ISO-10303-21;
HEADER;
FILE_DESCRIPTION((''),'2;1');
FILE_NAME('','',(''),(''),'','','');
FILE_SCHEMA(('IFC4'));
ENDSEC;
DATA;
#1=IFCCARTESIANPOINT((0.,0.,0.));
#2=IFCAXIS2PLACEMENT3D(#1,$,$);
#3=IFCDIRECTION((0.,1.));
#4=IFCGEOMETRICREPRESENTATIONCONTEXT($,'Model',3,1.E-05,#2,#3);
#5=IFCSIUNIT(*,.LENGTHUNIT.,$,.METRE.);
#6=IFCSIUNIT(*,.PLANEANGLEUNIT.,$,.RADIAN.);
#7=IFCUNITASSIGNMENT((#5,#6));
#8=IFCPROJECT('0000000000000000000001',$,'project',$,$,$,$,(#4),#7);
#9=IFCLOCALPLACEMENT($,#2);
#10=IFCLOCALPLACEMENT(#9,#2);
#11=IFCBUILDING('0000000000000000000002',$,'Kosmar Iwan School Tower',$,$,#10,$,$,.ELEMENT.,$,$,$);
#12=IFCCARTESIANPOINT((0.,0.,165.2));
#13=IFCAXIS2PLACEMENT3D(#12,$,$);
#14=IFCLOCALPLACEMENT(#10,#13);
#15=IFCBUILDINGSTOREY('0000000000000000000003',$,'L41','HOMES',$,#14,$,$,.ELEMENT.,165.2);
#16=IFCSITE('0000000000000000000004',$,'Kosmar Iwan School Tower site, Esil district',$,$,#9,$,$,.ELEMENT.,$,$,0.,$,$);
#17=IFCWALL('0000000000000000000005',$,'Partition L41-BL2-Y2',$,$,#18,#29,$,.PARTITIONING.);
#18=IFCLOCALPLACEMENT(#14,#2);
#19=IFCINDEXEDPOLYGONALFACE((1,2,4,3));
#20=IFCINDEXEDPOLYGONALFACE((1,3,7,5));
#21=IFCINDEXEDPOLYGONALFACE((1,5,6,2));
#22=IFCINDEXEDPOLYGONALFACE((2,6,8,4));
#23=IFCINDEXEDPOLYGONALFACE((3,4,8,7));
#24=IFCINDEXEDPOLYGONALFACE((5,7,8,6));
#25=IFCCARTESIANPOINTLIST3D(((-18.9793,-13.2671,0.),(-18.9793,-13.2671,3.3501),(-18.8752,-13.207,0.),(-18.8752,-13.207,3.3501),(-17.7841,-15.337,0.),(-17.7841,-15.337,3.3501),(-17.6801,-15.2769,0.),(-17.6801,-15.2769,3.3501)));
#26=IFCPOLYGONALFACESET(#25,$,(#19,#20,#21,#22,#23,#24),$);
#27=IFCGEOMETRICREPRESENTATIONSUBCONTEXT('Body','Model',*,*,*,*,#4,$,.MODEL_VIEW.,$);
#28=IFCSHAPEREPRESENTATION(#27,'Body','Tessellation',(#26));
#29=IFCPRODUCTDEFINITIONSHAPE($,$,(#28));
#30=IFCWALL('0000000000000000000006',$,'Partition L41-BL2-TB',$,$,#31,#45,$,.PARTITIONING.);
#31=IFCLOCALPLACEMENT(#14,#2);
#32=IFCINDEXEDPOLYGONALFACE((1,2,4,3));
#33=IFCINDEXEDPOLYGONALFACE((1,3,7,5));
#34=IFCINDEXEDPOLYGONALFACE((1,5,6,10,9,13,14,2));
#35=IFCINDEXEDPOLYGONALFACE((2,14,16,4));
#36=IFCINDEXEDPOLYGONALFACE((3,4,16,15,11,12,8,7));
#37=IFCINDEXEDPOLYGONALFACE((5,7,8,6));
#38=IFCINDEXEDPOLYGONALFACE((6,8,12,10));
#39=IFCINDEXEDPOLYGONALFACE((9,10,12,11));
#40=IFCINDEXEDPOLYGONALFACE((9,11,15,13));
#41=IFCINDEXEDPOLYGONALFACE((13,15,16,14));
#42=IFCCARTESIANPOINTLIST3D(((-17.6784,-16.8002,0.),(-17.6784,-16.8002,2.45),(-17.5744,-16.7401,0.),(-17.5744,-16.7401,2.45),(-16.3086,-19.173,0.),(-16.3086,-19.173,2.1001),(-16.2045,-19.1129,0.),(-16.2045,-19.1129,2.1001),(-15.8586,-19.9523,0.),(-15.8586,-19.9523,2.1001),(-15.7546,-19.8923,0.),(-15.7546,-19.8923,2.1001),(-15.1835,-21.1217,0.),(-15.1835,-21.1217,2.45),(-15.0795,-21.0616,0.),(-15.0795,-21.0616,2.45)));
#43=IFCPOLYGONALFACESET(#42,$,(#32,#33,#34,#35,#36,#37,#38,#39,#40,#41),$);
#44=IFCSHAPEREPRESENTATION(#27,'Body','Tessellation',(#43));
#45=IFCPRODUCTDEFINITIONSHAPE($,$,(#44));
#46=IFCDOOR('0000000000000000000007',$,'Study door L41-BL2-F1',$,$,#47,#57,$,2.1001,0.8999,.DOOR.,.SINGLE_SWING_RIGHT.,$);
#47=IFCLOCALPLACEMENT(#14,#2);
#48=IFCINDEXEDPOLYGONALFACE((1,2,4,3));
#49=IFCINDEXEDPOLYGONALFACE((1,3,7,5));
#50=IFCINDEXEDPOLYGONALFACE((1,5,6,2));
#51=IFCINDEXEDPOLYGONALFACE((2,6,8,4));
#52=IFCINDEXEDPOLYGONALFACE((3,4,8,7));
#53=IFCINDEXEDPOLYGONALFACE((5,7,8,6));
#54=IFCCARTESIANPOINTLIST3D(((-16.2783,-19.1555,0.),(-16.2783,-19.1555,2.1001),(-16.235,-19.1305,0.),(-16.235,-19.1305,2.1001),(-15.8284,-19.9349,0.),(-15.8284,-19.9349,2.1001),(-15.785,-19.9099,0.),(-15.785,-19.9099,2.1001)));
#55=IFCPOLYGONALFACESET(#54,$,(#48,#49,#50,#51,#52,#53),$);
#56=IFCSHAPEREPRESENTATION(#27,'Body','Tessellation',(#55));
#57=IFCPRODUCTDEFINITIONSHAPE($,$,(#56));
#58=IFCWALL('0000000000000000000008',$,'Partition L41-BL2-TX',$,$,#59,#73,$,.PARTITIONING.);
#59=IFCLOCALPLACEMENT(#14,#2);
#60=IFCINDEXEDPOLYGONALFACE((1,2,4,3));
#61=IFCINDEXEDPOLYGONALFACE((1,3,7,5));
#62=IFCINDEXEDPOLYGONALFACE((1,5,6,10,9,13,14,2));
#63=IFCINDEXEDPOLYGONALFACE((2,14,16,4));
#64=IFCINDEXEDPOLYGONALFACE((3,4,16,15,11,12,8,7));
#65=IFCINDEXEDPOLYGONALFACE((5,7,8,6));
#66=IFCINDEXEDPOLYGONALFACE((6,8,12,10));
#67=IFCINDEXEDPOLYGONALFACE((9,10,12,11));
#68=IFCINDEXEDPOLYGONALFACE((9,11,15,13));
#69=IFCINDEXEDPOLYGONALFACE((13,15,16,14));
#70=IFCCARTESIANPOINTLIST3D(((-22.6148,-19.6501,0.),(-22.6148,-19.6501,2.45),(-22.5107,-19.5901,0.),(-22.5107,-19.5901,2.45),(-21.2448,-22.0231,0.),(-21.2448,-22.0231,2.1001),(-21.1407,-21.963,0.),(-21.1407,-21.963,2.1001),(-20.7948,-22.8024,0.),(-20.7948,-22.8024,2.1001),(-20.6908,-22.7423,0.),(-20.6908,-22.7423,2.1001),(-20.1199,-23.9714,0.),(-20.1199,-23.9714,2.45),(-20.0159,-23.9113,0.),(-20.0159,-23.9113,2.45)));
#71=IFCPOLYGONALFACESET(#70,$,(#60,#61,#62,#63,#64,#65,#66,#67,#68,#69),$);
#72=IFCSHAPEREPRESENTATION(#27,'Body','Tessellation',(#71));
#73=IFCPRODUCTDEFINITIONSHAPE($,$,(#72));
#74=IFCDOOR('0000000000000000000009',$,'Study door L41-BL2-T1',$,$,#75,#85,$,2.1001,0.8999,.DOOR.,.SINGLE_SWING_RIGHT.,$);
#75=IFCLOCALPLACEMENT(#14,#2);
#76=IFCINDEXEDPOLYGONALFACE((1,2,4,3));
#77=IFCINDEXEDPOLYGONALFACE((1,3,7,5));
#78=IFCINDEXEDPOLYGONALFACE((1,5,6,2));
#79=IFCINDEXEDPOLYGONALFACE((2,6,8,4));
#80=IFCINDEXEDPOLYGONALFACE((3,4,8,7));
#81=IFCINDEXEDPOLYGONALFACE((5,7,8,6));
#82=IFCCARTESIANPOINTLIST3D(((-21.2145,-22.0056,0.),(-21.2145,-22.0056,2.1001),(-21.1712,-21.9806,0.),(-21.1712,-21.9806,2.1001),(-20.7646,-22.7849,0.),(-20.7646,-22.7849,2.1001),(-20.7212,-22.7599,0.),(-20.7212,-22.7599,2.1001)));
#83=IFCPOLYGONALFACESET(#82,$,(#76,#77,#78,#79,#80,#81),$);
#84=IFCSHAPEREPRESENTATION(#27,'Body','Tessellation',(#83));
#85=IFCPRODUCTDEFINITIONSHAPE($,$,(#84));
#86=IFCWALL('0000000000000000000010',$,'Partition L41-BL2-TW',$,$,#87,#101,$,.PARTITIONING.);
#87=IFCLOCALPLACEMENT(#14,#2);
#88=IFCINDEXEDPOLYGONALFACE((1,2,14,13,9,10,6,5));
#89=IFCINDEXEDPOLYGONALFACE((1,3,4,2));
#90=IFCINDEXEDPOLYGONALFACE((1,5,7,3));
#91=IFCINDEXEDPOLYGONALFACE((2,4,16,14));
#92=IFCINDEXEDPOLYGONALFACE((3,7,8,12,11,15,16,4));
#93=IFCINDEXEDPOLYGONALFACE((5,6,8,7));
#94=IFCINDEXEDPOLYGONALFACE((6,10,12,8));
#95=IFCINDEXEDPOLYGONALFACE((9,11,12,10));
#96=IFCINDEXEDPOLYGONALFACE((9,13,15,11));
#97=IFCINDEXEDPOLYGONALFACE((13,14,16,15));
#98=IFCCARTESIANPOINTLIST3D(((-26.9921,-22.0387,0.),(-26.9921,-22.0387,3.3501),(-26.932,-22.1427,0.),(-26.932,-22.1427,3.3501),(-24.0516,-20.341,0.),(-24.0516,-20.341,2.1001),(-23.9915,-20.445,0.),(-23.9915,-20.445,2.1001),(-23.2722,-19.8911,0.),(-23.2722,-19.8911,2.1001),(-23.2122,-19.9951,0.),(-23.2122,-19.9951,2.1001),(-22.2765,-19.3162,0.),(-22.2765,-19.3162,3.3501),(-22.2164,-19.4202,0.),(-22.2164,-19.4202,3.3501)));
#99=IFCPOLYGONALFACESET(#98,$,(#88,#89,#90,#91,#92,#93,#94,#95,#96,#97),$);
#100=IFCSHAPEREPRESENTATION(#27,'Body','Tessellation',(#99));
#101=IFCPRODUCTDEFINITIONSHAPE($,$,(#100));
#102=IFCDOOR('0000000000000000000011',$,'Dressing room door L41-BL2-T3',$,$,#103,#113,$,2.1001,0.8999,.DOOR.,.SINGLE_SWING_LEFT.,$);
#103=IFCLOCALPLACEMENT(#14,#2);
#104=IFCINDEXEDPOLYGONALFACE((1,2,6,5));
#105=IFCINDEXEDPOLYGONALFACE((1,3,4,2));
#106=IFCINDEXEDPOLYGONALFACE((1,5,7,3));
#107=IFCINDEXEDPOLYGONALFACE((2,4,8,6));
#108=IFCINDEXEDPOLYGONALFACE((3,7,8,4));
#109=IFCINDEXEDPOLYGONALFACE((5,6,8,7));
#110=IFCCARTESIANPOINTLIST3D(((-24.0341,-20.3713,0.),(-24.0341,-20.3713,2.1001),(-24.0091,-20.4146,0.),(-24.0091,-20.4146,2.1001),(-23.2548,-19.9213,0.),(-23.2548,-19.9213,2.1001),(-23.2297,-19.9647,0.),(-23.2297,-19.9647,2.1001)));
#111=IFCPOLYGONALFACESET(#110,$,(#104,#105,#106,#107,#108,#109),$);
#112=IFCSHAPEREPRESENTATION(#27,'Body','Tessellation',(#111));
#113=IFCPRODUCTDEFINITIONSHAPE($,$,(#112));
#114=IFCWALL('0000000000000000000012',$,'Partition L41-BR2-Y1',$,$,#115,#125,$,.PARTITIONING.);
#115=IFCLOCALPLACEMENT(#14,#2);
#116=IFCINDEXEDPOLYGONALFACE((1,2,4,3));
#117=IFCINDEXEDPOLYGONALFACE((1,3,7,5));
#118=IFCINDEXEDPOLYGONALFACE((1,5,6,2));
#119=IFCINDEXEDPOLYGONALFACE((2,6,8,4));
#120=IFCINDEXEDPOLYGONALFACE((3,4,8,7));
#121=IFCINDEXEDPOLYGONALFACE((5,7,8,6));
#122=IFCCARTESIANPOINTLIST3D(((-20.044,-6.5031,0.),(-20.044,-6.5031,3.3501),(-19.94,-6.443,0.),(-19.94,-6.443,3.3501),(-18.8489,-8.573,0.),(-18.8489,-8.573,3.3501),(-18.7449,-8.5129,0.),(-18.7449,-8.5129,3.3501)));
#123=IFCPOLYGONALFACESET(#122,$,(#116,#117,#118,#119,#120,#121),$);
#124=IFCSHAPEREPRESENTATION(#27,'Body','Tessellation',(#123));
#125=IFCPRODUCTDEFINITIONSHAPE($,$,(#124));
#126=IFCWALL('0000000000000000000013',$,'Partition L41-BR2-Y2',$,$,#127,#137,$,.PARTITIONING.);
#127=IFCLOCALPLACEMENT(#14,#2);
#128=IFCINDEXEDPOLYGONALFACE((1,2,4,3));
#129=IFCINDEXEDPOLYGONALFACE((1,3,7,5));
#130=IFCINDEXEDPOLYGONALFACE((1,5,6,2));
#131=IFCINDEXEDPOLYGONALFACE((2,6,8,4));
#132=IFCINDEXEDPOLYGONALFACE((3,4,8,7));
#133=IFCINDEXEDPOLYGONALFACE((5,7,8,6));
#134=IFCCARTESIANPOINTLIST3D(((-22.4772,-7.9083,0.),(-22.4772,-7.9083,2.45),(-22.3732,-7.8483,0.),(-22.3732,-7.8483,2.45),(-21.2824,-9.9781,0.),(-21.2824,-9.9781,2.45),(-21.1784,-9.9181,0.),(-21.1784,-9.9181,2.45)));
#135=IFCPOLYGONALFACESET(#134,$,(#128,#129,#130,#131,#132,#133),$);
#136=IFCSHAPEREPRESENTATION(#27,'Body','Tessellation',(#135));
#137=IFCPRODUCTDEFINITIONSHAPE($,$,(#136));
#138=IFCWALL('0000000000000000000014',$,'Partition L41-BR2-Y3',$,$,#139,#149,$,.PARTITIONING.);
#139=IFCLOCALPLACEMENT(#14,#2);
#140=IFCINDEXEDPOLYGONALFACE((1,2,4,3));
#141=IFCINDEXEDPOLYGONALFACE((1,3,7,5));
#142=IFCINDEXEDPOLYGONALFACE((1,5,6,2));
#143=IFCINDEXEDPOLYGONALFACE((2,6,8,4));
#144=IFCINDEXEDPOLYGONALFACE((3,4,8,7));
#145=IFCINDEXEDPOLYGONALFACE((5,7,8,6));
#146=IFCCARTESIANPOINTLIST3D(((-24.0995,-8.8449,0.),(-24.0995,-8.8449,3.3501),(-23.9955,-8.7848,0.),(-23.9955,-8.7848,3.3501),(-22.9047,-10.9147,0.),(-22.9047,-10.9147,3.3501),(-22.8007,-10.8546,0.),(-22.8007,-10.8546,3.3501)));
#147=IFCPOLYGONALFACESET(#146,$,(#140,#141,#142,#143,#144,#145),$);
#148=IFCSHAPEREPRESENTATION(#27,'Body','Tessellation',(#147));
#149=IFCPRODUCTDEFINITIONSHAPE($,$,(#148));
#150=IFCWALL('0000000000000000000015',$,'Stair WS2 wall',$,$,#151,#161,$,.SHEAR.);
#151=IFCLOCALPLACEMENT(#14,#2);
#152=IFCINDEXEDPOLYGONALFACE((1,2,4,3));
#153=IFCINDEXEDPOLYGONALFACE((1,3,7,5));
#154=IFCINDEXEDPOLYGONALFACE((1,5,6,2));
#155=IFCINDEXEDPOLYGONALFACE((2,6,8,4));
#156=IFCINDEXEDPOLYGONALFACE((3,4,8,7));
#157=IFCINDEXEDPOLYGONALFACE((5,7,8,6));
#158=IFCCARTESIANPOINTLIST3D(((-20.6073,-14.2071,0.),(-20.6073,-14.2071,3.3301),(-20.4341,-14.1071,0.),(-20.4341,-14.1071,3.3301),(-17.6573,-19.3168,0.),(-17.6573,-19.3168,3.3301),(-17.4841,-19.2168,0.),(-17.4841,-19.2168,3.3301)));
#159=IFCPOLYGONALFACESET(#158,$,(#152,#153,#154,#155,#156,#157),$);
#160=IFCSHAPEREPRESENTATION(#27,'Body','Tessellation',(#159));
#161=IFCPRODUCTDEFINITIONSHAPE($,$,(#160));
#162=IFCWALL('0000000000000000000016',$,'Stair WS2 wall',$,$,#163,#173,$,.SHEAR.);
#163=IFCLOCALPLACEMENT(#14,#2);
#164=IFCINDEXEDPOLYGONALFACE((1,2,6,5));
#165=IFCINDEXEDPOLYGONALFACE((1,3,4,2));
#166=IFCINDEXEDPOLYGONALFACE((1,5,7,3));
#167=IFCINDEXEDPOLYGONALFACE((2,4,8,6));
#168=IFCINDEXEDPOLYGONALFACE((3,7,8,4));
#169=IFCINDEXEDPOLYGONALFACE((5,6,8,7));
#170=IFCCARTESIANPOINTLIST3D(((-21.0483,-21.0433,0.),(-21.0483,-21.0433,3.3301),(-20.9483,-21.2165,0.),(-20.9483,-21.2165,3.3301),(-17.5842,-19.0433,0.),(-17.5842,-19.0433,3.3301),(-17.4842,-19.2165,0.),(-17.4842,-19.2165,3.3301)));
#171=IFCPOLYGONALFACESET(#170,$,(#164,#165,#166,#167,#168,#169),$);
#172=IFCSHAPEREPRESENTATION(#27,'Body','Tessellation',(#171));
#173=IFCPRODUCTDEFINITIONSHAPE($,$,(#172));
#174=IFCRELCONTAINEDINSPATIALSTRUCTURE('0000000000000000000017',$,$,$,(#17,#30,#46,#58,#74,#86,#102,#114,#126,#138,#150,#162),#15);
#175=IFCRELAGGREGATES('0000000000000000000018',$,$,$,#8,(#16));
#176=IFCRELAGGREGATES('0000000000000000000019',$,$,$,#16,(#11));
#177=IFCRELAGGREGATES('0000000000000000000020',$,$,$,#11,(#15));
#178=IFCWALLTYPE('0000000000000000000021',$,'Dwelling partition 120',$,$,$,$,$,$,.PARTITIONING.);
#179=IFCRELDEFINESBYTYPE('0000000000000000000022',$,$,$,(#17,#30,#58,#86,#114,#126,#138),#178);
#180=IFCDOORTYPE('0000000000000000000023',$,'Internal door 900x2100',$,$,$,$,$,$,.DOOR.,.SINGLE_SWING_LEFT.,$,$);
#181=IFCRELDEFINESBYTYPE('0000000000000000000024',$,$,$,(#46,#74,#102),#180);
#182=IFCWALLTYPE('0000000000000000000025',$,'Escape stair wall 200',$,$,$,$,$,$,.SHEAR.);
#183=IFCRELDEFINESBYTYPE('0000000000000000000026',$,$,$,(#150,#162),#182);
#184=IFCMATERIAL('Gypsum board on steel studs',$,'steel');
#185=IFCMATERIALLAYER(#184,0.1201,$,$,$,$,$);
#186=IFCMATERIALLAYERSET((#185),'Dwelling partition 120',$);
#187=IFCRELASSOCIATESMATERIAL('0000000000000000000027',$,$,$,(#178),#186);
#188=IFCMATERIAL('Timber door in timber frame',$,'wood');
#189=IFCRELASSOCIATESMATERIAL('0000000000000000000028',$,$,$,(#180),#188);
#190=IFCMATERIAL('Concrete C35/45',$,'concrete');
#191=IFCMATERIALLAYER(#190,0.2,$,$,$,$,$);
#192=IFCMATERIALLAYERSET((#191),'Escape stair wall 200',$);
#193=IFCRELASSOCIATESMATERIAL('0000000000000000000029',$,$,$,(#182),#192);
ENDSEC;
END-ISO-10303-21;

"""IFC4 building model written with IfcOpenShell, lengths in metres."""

from ifc_helpers import new_model, si_unit, direction, frame, frame_2d, origin, place, context, subcontext, project, spatial, rectangle, extrude, material, layer, layer_set, type_object, element, fill, save


model = new_model("IFC4")

# Units and contexts
model_context = context("Model", 3, precision=1e-05, world=origin(), true_north=direction((0.0, 1.0)))
body_context = subcontext(model_context, "Body", "Model", "MODEL_VIEW")
ifc_project = project(units=[si_unit("LENGTHUNIT", "METRE"), si_unit("PLANEANGLEUNIT", "RADIAN")], contexts=[model_context])

# Site, building, storey
site_placement = place(None, origin())
site = spatial("IfcSite", under=ifc_project, at=site_placement, Name="Kosmar Iwan School Tower site, Esil district", CompositionType="ELEMENT", RefElevation=0.0)
building_placement = place(site_placement, origin())
building = spatial("IfcBuilding", under=site, at=building_placement, Name="Kosmar Iwan School Tower", CompositionType="ELEMENT")
storey_placement = place(building_placement, frame((0.0, 0.0, 165.2)))
storey = spatial("IfcBuildingStorey", under=building, at=storey_placement, Name="L41", Description="HOMES", CompositionType="ELEMENT", Elevation=165.2)

# Wall
ifc_material_1 = material(Name="Gypsum board on steel studs", Category="steel")
ifc_layer_1 = layer(ifc_material_1, 0.1201)
ifc_layer_set_1 = layer_set([ifc_layer_1], Name="Dwelling partition 120")
wall_type_1 = type_object("IfcWallType", Name="Dwelling partition 120", PredefinedType="PARTITIONING", material=ifc_layer_set_1)
for number, where, z_axis, x_axis, name in (
    (1, (-18.9272, -13.2371, 0.0), (0.0, 0.0, 1.0), (0.500017, -0.866015, 0.0), "Partition L41-BL2-Y2"),
):
    element("IfcWall", number, at=place(storey_placement, frame(where, z_axis=z_axis, x_axis=x_axis)), inside=storey, type_object=wall_type_1, Name=name, PredefinedType="PARTITIONING", context=body_context, shape_type="SweptSolid", body=[
        extrude(rectangle(XDim=2.3901, YDim=0.1201, at=frame_2d((1.1951, 0.0))), origin(), (0.0, 0.0, 1.0), 3.3501),
    ])

# Walls, openings, doors
wall_1_placement = place(storey_placement, frame((-17.6265, -16.77, 0.0), z_axis=(0.0, 0.0, 1.0), x_axis=(0.499975, -0.86604, 0.0)))
wall_1 = element("IfcWall", 2, at=wall_1_placement, inside=storey, type_object=wall_type_1, Name="Partition L41-BL2-TB", PredefinedType="PARTITIONING", context=body_context, shape_type="SweptSolid", body=[
    extrude(rectangle(XDim=4.99, YDim=0.1201, at=frame_2d((2.4951, 0.0))), origin(), (0.0, 0.0, 1.0), 2.45),
])
opening_1_placement = place(wall_1_placement, frame((2.74, 0.0, 0.0)))
opening_1 = element("IfcOpeningElement", 3, at=opening_1_placement, cuts=wall_1, PredefinedType="OPENING", context=body_context, shape_type="SweptSolid", body=[
    extrude(rectangle(XDim=0.8999, YDim=2.1001, at=frame_2d((0.45, 1.05))), frame((0.0, 0.072, 0.0), z_axis=(0.0, -1.0, 0.0), x_axis=(1.0, 0.0, 0.0)), (0.0, 0.0, 1.0), 0.144),
])
ifc_material_2 = material(Name="Timber door in timber frame", Category="wood")
door_type_1 = type_object("IfcDoorType", Name="Internal door 900x2100", OperationType="SINGLE_SWING_LEFT", PredefinedType="DOOR", material=ifc_material_2)
door_1_placement = place(opening_1_placement, origin())
door_1 = element("IfcDoor", 4, at=door_1_placement, inside=storey, type_object=door_type_1, Name="Study door L41-BL2-F1", OperationType="SINGLE_SWING_RIGHT", OverallHeight=2.1001, OverallWidth=0.8999, PredefinedType="DOOR", context=body_context, shape_type="SweptSolid", body=[
    extrude(rectangle(XDim=0.8999, YDim=2.1001, at=frame_2d((0.45, 1.05))), frame((0.0, 0.0249, 0.0), z_axis=(0.0, -1.0, 0.0), x_axis=(1.0, 0.0, 0.0)), (0.0, 0.0, 1.0), 0.05),
])
fill(opening_1, door_1)
wall_2_placement = place(storey_placement, frame((-22.5627, -19.6201, 0.0), z_axis=(0.0, 0.0, 1.0), x_axis=(0.499996, -0.866028, 0.0)))
wall_2 = element("IfcWall", 5, at=wall_2_placement, inside=storey, type_object=wall_type_1, Name="Partition L41-BL2-TX", PredefinedType="PARTITIONING", context=body_context, shape_type="SweptSolid", body=[
    extrude(rectangle(XDim=4.9897, YDim=0.1201, at=frame_2d((2.4949, 0.0))), origin(), (0.0, 0.0, 1.0), 2.45),
])
opening_2_placement = place(wall_2_placement, frame((2.74, 0.0, 0.0)))
opening_2 = element("IfcOpeningElement", 6, at=opening_2_placement, cuts=wall_2, PredefinedType="OPENING", context=body_context, shape_type="SweptSolid", body=[
    extrude(rectangle(XDim=0.8999, YDim=2.1001, at=frame_2d((0.45, 1.05))), frame((0.0, 0.072, 0.0), z_axis=(0.0, -1.0, 0.0), x_axis=(1.0, 0.0, 0.0)), (0.0, 0.0, 1.0), 0.144),
])
door_2_placement = place(opening_2_placement, origin())
door_2 = element("IfcDoor", 7, at=door_2_placement, inside=storey, type_object=door_type_1, Name="Study door L41-BL2-T1", OperationType="SINGLE_SWING_RIGHT", OverallHeight=2.1001, OverallWidth=0.8999, PredefinedType="DOOR", context=body_context, shape_type="SweptSolid", body=[
    extrude(rectangle(XDim=0.8999, YDim=2.1001, at=frame_2d((0.45, 1.05))), frame((0.0, 0.0249, 0.0), z_axis=(0.0, -1.0, 0.0), x_axis=(1.0, 0.0, 0.0)), (0.0, 0.0, 1.0), 0.05),
])
fill(opening_2, door_2)
wall_3_placement = place(storey_placement, frame((-22.2463, -19.3682, 0.0), z_axis=(0.0, 0.0, 1.0), x_axis=(-0.866036, -0.499982, 0.0)))
wall_3 = element("IfcWall", 8, at=wall_3_placement, inside=storey, type_object=wall_type_1, Name="Partition L41-BL2-TW", PredefinedType="PARTITIONING", context=body_context, shape_type="SweptSolid", body=[
    extrude(rectangle(XDim=5.4451, YDim=0.1201, at=frame_2d((2.7227, 0.0))), origin(), (0.0, 0.0, 1.0), 3.3501),
])
opening_3_placement = place(wall_3_placement, frame((1.1499, 0.0, 0.0)))
opening_3 = element("IfcOpeningElement", 9, at=opening_3_placement, cuts=wall_3, PredefinedType="OPENING", context=body_context, shape_type="SweptSolid", body=[
    extrude(rectangle(XDim=0.8999, YDim=2.1001, at=frame_2d((0.45, 1.05))), frame((0.0, 0.072, 0.0), z_axis=(0.0, -1.0, 0.0), x_axis=(1.0, 0.0, 0.0)), (0.0, 0.0, 1.0), 0.144),
])
door_3_placement = place(opening_3_placement, origin())
door_3 = element("IfcDoor", 10, at=door_3_placement, inside=storey, type_object=door_type_1, Name="Dressing room door L41-BL2-T3", OperationType="SINGLE_SWING_LEFT", OverallHeight=2.1001, OverallWidth=0.8999, PredefinedType="DOOR", context=body_context, shape_type="SweptSolid", body=[
    extrude(rectangle(XDim=0.8999, YDim=2.1001, at=frame_2d((0.45, 1.05))), frame((0.0, 0.0249, 0.0), z_axis=(0.0, -1.0, 0.0), x_axis=(1.0, 0.0, 0.0)), (0.0, 0.0, 1.0), 0.05),
])
fill(opening_3, door_3)

# Walls
wall_4_placement = place(storey_placement, frame((-18.7969, -8.543, 0.0), z_axis=(0.0, 0.0, 1.0), x_axis=(-0.500017, 0.866015, 0.0)))
element("IfcWall", 11, at=wall_4_placement, inside=storey, type_object=wall_type_1, Name="Partition L41-BR2-Y1", PredefinedType="PARTITIONING", context=body_context, shape_type="SweptSolid", body=[
    extrude(rectangle(XDim=2.3901, YDim=0.1201, at=frame_2d((1.1951, 0.0))), origin(), (0.0, 0.0, 1.0), 3.3501),
])
wall_5_placement = place(storey_placement, frame((-21.2305, -9.948, 0.0), z_axis=(0.0, 0.0, 1.0), x_axis=(-0.499941, 0.86606, 0.0)))
element("IfcWall", 12, at=wall_5_placement, inside=storey, type_object=wall_type_1, Name="Partition L41-BR2-Y2", PredefinedType="PARTITIONING", context=body_context, shape_type="SweptSolid", body=[
    extrude(rectangle(XDim=2.3899, YDim=0.1201, at=frame_2d((1.1948, 0.0))), origin(), (0.0, 0.0, 1.0), 2.45),
])
wall_6_placement = place(storey_placement, frame((-22.8528, -10.8845, 0.0), z_axis=(0.0, 0.0, 1.0), x_axis=(-0.499941, 0.86606, 0.0)))
element("IfcWall", 13, at=wall_6_placement, inside=storey, type_object=wall_type_1, Name="Partition L41-BR2-Y3", PredefinedType="PARTITIONING", context=body_context, shape_type="SweptSolid", body=[
    extrude(rectangle(XDim=2.3899, YDim=0.1201, at=frame_2d((1.1948, 0.0))), origin(), (0.0, 0.0, 1.0), 3.3501),
])
ifc_material_3 = material(Name="Concrete C35/45", Category="concrete")
ifc_layer_2 = layer(ifc_material_3, 0.2)
ifc_layer_set_2 = layer_set([ifc_layer_2], Name="Escape stair wall 200")
wall_type_2 = type_object("IfcWallType", Name="Escape stair wall 200", PredefinedType="SHEAR", material=ifc_layer_set_2)
wall_7_placement = place(storey_placement, frame((-20.5208, -14.157, 0.0), z_axis=(0.0, 0.0, 1.0), x_axis=(0.499989, -0.866032, 0.0)))
element("IfcWall", 14, at=wall_7_placement, inside=storey, type_object=wall_type_2, Name="Stair WS2 wall", PredefinedType="SHEAR", context=body_context, shape_type="SweptSolid", body=[
    extrude(rectangle(XDim=5.9001, YDim=0.2, at=frame_2d((2.9502, 0.0))), origin(), (0.0, 0.0, 1.0), 3.3301),
])
wall_8_placement = place(storey_placement, frame((-17.5342, -19.1299, 0.0), z_axis=(0.0, 0.0, 1.0), x_axis=(-0.866026, -0.499999, 0.0)))
element("IfcWall", 15, at=wall_8_placement, inside=storey, type_object=wall_type_2, Name="Stair WS2 wall", PredefinedType="SHEAR", context=body_context, shape_type="SweptSolid", body=[
    extrude(rectangle(XDim=4.0, YDim=0.2, at=frame_2d((2.0, 0.0))), origin(), (0.0, 0.0, 1.0), 3.3301),
])

save(model, "model.ifc")
